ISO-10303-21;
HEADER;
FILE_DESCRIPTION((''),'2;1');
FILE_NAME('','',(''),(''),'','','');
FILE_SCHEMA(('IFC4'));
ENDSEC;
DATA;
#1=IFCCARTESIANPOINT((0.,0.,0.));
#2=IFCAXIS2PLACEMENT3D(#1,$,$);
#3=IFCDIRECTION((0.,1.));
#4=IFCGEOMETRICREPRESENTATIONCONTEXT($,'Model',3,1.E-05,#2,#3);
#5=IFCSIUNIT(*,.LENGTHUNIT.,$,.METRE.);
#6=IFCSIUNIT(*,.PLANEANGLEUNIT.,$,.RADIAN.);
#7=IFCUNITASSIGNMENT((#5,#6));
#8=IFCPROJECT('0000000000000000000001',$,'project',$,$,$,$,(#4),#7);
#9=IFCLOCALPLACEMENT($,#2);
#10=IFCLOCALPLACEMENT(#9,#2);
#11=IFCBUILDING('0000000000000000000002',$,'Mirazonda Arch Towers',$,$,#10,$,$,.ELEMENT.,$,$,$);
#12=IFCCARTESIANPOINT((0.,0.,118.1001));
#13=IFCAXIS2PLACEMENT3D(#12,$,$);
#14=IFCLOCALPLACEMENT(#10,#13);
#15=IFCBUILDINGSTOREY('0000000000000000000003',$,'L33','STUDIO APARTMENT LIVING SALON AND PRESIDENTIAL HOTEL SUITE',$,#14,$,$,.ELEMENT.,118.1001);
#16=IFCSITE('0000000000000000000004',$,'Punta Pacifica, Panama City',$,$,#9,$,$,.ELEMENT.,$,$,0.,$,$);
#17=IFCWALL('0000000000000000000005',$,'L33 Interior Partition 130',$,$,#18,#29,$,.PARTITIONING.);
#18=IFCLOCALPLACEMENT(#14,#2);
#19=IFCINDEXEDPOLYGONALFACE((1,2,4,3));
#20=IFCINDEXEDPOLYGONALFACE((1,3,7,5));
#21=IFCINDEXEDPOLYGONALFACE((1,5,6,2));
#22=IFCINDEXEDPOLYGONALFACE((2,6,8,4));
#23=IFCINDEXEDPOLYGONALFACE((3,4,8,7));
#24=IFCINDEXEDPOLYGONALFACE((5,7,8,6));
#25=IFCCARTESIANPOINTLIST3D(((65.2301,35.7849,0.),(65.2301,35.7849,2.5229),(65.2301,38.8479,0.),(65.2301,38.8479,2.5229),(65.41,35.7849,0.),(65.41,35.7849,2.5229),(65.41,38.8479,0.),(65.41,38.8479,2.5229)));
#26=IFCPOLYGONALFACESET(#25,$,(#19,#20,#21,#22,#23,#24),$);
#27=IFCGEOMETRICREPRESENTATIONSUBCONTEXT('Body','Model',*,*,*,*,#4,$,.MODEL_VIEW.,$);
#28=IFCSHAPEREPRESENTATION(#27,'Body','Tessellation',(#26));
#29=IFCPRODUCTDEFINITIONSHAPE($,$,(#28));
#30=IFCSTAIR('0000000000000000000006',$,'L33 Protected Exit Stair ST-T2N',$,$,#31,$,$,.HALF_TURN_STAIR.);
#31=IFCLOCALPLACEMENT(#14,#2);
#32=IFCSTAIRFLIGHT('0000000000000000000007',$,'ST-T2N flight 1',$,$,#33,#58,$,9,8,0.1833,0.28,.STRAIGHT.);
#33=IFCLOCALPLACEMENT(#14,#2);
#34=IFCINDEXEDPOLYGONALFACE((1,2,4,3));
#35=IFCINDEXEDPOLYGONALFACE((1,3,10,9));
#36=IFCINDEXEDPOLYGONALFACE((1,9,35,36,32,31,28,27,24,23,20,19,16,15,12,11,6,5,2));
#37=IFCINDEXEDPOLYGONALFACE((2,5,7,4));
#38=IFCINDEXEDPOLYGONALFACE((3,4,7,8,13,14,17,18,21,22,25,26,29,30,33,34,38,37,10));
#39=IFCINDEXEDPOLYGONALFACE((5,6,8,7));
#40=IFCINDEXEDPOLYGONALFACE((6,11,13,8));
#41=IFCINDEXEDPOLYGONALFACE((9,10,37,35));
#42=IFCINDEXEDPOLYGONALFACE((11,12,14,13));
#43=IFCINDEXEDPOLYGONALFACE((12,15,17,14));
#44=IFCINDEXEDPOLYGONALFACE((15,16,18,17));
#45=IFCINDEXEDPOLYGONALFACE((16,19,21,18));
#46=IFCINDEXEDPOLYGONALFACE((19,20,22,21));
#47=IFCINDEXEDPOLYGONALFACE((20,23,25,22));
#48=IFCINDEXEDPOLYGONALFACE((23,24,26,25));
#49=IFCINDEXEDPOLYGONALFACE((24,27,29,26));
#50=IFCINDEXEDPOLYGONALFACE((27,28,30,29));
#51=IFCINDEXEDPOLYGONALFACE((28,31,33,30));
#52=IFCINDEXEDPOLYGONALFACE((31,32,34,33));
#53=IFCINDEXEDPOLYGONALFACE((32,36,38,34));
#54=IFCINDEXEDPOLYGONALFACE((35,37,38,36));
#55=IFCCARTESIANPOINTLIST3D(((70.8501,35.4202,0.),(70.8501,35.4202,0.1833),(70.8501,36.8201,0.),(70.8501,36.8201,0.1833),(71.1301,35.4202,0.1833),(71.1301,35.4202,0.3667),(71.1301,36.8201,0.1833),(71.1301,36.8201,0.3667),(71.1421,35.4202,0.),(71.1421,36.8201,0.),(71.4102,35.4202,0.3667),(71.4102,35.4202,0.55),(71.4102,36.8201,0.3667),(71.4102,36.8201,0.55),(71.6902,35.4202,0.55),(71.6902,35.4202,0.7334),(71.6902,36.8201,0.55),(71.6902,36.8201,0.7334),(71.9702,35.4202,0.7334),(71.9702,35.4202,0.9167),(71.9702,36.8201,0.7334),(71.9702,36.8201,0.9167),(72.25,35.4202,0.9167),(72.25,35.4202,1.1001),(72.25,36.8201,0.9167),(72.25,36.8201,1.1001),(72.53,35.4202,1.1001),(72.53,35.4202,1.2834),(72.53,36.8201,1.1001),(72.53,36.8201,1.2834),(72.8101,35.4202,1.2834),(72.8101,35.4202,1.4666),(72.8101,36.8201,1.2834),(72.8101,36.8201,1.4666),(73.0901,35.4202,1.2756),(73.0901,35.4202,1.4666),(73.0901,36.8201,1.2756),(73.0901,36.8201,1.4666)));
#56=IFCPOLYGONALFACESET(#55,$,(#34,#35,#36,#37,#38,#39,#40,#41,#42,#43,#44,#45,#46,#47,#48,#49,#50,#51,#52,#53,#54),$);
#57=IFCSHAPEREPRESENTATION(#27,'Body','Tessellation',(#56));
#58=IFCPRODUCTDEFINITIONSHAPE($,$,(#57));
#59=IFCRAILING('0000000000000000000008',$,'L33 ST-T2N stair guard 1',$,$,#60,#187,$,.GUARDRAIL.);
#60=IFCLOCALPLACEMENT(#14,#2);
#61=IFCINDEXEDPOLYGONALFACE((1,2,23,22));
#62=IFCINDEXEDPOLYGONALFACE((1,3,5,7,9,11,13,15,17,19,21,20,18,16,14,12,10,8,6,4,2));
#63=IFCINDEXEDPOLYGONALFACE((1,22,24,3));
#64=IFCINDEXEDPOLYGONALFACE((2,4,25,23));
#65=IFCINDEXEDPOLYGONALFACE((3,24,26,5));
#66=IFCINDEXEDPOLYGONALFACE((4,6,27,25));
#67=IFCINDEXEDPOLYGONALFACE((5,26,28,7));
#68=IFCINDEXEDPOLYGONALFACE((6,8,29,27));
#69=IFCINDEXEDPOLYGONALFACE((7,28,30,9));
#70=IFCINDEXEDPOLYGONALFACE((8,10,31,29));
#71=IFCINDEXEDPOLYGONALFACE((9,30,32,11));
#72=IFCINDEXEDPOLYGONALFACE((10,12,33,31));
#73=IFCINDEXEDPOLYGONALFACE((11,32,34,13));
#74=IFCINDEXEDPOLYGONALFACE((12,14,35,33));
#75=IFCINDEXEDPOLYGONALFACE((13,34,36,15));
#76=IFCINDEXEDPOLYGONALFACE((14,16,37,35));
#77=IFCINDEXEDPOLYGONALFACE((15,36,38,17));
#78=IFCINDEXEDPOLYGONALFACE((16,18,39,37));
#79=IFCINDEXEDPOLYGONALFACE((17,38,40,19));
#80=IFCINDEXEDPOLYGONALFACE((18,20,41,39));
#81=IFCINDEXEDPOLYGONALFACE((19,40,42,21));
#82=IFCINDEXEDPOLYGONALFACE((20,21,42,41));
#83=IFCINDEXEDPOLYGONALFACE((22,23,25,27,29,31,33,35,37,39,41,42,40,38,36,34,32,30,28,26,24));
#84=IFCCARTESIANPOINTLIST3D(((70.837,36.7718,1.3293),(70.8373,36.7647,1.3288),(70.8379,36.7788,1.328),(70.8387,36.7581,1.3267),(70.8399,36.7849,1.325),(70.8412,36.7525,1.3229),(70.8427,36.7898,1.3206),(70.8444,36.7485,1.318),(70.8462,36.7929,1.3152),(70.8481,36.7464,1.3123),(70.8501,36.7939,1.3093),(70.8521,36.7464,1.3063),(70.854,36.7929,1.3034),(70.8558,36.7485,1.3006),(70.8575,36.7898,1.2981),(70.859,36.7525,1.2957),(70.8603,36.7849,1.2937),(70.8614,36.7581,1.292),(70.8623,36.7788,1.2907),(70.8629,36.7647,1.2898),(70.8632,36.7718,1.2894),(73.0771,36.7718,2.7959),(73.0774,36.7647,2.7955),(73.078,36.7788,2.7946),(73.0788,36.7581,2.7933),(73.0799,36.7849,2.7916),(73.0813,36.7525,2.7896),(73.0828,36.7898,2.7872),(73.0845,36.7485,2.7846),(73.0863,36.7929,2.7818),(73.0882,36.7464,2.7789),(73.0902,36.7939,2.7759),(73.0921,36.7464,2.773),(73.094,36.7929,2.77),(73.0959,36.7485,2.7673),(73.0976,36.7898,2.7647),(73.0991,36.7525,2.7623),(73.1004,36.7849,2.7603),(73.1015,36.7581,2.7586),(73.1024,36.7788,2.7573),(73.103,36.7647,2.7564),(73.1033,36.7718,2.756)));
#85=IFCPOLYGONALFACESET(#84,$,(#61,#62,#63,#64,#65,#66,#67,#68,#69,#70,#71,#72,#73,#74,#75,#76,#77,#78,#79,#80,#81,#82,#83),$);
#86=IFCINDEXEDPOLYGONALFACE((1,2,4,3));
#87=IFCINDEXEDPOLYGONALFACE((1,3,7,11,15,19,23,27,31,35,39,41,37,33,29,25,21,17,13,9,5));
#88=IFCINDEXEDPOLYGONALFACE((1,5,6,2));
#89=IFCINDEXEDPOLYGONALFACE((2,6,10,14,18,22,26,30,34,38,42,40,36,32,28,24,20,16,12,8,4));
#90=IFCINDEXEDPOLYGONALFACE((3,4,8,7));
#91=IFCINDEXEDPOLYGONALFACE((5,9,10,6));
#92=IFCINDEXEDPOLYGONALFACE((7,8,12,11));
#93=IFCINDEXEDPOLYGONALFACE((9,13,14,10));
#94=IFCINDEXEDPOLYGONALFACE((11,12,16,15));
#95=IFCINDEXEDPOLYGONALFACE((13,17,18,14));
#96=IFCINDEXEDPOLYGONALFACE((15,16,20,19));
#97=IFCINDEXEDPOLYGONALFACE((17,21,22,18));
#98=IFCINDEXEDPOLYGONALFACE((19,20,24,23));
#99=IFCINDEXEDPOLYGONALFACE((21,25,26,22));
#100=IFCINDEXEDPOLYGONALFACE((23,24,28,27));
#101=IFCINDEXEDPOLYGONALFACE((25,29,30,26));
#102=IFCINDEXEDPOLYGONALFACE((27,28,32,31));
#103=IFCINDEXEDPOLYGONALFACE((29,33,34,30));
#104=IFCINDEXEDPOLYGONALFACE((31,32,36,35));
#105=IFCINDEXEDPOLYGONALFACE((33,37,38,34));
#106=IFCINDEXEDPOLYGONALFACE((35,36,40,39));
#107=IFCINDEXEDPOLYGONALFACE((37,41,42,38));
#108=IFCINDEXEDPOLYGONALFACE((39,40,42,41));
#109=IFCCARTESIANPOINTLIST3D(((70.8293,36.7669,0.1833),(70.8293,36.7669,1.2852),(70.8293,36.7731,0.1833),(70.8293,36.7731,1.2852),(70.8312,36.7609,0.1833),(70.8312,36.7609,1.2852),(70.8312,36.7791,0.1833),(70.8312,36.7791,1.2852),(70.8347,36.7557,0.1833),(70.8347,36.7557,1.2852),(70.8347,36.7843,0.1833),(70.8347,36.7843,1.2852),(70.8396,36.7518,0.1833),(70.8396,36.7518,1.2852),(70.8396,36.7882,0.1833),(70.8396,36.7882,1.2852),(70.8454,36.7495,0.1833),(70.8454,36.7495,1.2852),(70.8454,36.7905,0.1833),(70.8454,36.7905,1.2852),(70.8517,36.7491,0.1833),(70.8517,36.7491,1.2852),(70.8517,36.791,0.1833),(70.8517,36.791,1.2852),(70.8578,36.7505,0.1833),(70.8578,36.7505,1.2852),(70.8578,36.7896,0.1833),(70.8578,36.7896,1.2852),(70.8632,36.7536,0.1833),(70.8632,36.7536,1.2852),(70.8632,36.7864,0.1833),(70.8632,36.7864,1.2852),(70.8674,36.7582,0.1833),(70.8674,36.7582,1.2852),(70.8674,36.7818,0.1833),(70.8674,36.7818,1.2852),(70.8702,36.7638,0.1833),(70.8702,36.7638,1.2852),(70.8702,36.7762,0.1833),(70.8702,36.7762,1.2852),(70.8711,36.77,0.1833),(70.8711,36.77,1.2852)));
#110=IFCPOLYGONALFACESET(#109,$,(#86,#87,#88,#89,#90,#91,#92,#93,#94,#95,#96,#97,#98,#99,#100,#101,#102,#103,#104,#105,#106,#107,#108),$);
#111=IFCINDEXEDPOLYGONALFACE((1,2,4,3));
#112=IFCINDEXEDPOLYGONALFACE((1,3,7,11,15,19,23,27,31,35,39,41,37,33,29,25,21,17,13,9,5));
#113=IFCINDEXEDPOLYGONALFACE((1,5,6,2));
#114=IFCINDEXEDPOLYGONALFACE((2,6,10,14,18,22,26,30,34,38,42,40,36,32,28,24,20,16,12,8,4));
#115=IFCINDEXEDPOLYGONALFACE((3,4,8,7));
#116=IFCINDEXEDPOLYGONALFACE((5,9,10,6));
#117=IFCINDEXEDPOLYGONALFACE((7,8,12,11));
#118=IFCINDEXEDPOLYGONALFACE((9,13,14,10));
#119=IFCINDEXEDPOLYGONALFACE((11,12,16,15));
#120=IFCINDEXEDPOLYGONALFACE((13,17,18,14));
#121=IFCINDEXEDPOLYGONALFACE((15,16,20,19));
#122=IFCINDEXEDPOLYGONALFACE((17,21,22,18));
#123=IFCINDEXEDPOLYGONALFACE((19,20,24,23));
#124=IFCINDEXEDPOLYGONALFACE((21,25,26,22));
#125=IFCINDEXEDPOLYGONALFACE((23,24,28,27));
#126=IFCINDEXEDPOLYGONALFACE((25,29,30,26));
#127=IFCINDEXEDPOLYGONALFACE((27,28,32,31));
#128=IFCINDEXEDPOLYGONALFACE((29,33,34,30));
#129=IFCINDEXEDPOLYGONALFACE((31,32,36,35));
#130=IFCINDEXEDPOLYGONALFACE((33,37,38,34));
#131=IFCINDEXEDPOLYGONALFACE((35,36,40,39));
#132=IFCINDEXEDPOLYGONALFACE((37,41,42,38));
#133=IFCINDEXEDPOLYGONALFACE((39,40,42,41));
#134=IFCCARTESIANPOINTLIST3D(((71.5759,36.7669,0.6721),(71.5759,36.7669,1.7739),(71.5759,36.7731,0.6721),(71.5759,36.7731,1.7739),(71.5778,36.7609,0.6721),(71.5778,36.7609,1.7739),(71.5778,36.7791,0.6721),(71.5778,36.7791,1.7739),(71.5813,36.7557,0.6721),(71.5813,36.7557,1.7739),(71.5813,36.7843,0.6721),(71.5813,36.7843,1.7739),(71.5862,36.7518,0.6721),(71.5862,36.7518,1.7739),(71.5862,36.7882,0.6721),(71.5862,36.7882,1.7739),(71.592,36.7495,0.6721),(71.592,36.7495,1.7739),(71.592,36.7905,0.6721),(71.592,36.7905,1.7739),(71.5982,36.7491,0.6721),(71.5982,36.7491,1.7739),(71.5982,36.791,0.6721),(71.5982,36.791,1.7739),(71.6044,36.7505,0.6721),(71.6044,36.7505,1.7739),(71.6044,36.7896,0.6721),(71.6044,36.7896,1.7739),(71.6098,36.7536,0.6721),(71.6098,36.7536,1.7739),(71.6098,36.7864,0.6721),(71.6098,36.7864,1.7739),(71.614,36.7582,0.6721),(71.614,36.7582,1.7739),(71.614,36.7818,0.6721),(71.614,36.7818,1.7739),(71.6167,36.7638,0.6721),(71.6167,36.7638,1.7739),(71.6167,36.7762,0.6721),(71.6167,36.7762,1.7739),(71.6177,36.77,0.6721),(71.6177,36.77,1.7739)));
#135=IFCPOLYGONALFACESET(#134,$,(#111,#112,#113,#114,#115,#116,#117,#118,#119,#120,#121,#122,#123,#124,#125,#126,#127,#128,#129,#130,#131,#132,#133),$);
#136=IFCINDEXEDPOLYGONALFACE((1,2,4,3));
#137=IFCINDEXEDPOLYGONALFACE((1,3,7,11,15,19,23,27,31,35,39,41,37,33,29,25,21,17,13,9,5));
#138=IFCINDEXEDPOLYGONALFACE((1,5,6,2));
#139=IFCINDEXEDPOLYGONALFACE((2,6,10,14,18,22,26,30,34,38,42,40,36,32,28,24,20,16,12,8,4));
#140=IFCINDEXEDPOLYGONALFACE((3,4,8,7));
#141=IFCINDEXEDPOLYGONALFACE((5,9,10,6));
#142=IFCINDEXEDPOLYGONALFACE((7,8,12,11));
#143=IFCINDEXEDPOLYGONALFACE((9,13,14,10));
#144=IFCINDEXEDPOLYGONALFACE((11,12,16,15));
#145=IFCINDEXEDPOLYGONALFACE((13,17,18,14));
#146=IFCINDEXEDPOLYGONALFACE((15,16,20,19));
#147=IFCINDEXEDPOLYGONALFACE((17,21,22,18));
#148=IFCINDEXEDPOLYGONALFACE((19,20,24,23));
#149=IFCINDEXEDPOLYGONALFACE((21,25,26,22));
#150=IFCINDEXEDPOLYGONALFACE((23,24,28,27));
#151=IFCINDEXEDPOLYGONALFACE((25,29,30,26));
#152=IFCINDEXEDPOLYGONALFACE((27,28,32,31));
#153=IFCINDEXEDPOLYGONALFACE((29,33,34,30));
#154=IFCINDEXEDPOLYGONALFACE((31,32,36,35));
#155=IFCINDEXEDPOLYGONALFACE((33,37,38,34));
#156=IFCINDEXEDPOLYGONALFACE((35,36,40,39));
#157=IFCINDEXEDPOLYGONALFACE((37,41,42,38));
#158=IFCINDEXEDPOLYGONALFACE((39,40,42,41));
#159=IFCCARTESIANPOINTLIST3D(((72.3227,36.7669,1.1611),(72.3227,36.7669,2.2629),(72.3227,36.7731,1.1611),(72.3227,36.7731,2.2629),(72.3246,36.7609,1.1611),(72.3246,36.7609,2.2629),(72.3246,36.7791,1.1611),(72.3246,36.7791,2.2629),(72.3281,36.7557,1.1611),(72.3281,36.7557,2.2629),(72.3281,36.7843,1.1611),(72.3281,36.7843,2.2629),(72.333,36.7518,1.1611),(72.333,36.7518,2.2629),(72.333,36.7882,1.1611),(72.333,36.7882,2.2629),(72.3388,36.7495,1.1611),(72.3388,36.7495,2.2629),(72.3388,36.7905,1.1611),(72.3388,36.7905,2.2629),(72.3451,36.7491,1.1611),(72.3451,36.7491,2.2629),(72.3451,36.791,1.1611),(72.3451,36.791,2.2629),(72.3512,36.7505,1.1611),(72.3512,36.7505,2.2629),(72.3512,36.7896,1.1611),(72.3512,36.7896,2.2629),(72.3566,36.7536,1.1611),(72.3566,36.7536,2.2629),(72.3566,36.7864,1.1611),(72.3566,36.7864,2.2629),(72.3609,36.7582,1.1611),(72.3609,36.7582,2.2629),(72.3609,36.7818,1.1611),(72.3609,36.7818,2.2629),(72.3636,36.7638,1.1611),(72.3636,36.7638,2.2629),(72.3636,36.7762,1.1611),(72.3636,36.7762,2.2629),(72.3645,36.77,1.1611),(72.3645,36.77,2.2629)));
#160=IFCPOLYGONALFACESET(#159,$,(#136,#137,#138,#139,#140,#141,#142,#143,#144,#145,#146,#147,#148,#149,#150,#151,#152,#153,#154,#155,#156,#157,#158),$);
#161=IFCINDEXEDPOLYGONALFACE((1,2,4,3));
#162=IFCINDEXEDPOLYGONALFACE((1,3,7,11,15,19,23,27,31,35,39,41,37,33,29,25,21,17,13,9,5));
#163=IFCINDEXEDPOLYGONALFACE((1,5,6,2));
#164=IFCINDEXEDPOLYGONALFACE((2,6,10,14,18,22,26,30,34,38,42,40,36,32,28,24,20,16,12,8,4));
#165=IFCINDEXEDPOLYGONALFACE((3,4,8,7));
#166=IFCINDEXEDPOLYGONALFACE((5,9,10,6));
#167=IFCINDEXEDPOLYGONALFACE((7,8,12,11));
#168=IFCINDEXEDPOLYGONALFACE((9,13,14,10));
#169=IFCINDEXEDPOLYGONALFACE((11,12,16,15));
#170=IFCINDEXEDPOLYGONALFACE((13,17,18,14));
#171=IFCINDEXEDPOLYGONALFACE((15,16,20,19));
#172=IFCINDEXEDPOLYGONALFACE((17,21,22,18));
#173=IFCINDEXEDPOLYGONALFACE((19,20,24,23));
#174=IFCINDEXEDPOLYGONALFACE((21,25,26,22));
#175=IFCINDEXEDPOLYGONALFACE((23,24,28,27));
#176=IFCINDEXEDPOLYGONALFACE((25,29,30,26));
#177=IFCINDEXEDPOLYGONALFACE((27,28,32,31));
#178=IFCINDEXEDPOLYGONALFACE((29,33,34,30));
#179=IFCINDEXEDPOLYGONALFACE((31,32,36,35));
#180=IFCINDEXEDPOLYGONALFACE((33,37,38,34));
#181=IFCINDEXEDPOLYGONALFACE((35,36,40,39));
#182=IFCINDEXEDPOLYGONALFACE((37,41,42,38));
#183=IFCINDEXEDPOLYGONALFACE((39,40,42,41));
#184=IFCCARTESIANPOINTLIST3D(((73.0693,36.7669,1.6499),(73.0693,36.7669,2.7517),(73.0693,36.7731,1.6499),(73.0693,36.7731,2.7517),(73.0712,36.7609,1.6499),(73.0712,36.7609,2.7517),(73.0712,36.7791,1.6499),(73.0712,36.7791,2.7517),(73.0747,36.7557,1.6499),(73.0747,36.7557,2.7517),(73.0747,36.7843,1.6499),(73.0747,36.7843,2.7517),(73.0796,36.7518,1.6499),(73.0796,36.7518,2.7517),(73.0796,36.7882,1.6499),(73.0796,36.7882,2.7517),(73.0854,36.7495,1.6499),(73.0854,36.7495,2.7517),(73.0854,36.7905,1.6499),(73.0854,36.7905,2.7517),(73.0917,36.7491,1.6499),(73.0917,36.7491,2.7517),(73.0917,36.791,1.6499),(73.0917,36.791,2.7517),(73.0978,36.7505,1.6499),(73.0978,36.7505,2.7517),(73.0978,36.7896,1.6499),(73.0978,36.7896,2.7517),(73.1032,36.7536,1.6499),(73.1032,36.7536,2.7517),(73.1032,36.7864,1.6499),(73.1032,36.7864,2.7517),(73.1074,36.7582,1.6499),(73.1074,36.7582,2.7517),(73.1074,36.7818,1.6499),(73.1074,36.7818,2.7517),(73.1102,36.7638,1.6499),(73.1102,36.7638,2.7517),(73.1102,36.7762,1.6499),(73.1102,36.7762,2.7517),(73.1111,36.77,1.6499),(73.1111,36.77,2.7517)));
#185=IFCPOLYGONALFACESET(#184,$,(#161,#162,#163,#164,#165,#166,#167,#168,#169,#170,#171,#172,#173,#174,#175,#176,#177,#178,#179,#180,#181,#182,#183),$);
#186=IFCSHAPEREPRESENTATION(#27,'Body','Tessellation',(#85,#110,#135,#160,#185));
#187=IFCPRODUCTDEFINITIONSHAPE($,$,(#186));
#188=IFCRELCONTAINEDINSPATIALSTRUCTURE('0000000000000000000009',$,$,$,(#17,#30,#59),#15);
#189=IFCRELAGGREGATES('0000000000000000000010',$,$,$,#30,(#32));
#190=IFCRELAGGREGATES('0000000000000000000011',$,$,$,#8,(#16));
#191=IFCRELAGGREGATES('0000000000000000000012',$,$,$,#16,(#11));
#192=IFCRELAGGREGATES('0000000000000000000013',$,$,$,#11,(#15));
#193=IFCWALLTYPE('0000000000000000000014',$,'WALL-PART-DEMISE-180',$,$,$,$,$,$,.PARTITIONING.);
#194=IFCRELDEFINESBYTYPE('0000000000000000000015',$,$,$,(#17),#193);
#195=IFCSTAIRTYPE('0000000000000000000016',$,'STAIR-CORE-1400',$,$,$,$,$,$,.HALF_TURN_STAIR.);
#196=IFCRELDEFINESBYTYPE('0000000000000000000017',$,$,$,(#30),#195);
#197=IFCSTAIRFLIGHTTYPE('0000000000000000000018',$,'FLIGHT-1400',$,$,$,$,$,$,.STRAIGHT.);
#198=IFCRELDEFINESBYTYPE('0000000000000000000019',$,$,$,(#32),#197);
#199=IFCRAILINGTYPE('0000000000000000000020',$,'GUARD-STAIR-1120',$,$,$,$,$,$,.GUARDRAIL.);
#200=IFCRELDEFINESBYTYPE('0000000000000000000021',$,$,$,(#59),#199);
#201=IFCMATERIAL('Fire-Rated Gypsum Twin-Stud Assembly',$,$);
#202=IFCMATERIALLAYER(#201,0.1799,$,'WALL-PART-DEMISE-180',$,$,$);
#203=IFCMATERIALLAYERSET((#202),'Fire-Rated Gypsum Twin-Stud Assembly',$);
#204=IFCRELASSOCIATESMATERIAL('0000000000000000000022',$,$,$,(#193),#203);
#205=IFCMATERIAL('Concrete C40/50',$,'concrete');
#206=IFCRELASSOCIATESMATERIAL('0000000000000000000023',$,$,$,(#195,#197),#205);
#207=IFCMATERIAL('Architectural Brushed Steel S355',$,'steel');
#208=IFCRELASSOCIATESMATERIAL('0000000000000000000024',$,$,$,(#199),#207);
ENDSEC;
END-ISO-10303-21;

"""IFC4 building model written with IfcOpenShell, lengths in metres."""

from ifc_helpers import new_model, si_unit, direction, frame, frame_2d, origin, origin_2d, place, context, subcontext, project, spatial, polyline, rectangle, circle, outline, extrude, material, layer, layer_set, type_object, element, aggregate, save


model = new_model("IFC4")

# Units and contexts
model_context = context("Model", 3, precision=1e-05, world=origin(), true_north=direction((0.0, 1.0)))
body_context = subcontext(model_context, "Body", "Model", "MODEL_VIEW")
ifc_project = project(units=[si_unit("LENGTHUNIT", "METRE"), si_unit("PLANEANGLEUNIT", "RADIAN")], contexts=[model_context])

# Site, building, storey
site_placement = place(None, origin())
site = spatial("IfcSite", under=ifc_project, at=site_placement, Name="Punta Pacifica, Panama City", CompositionType="ELEMENT", RefElevation=0.0)
building_placement = place(site_placement, origin())
building = spatial("IfcBuilding", under=site, at=building_placement, Name="Mirazonda Arch Towers", CompositionType="ELEMENT")
storey_placement = place(building_placement, frame((0.0, 0.0, 118.1001)))
storey = spatial("IfcBuildingStorey", under=building, at=storey_placement, Name="L33", Description="STUDIO APARTMENT LIVING SALON AND PRESIDENTIAL HOTEL SUITE", CompositionType="ELEMENT", Elevation=118.1001)

# Wall
ifc_material_1 = material(Name="Fire-Rated Gypsum Twin-Stud Assembly")
ifc_layer_1 = layer(ifc_material_1, 0.1799, Name="WALL-PART-DEMISE-180")
ifc_layer_set_1 = layer_set([ifc_layer_1], Name="Fire-Rated Gypsum Twin-Stud Assembly")
wall_type_1 = type_object("IfcWallType", Name="WALL-PART-DEMISE-180", PredefinedType="PARTITIONING", material=ifc_layer_set_1)
wall_1_placement = place(storey_placement, frame((65.3201, 35.7849, 0.0), z_axis=(0.0, 0.0, 1.0), x_axis=(0.0, 1.0, 0.0)))
element("IfcWall", 1, at=wall_1_placement, inside=storey, type_object=wall_type_1, Name="L33 Interior Partition 130", PredefinedType="PARTITIONING", context=body_context, shape_type="SweptSolid", body=[
    extrude(rectangle(XDim=3.063, YDim=0.1799, at=frame_2d((1.5315, 0.0))), origin(), (0.0, 0.0, 1.0), 2.5229),
])

# Stair, stair flight
ifc_material_2 = material(Name="Concrete C40/50", Category="concrete")
stair_type = type_object("IfcStairType", Name="STAIR-CORE-1400", PredefinedType="HALF_TURN_STAIR", material=ifc_material_2)
stair_placement = place(storey_placement, origin())
stair = element("IfcStair", 2, at=stair_placement, inside=storey, type_object=stair_type, Name="L33 Protected Exit Stair ST-T2N", PredefinedType="HALF_TURN_STAIR")
stair_flight_type = type_object("IfcStairFlightType", Name="FLIGHT-1400", PredefinedType="STRAIGHT", material=ifc_material_2)
stair_flight_placement = place(storey_placement, frame((70.8501, 36.1201, 0.0), z_axis=(0.0, 0.0, 1.0), x_axis=(1.0, 0.0, 0.0)))
stair_flight = element("IfcStairFlight", 3, at=stair_flight_placement, type_object=stair_flight_type, Name="ST-T2N flight 1", NumberOfRisers=9, NumberOfTreads=8, PredefinedType="STRAIGHT", RiserHeight=0.1833, TreadLength=0.28, context=body_context, shape_type="SweptSolid", body=[
    extrude(outline(polyline([(0.0, 0.0), (0.0, 0.1833), (0.28, 0.1833), (0.28, 0.3667), (0.5601, 0.3667), (0.5601, 0.55), (0.8401, 0.55), (0.8401, 0.7334), (1.1201, 0.7334), (1.1201, 0.9167), (1.3999, 0.9167), (1.3999, 1.1001), (1.6799, 1.1001), (1.6799, 1.2834), (1.96, 1.2834), (1.96, 1.4666), (2.24, 1.4666), (2.24, 1.6499), (2.24, 1.2756), (0.292, 0.0), (0.0, 0.0)])), frame((0.0, 0.7, 0.0), z_axis=(0.0, -1.0, 0.0), x_axis=(1.0, 0.0, 0.0)), (0.0, 0.0, 1.0), 1.3999),
])
aggregate(stair, [stair_flight])

# Railing
ifc_material_3 = material(Name="Architectural Brushed Steel S355", Category="steel")
railing_type = type_object("IfcRailingType", Name="GUARD-STAIR-1120", PredefinedType="GUARDRAIL", material=ifc_material_3)
railing_1_placement = place(storey_placement, frame((70.8501, 36.77, 0.1833)))
element("IfcRailing", 4, at=railing_1_placement, inside=storey, type_object=railing_type, Name="L33 ST-T2N stair guard 1", PredefinedType="GUARDRAIL", context=body_context, shape_type="SweptSolid", body=[
    extrude(circle(Radius=0.0239, at=origin_2d()), frame((0.0, 0.0, 1.126), z_axis=(0.836637, 0.0, 0.547758), x_axis=(0.0, 1.0, 0.0)), (0.0, 0.0, 1.0), 2.6775),
    extrude(circle(Radius=0.021, at=origin_2d()), origin(), (0.0, 0.0, 1.0), 1.1018),
    extrude(circle(Radius=0.021, at=origin_2d()), frame((0.7466, 0.0, 0.4888)), (0.0, 0.0, 1.0), 1.1018),
    extrude(circle(Radius=0.021, at=origin_2d()), frame((1.4934, 0.0, 0.9778)), (0.0, 0.0, 1.0), 1.1018),
    extrude(circle(Radius=0.021, at=origin_2d()), frame((2.24, 0.0, 1.4666)), (0.0, 0.0, 1.0), 1.1018),
])

save(model, "model.ifc")
